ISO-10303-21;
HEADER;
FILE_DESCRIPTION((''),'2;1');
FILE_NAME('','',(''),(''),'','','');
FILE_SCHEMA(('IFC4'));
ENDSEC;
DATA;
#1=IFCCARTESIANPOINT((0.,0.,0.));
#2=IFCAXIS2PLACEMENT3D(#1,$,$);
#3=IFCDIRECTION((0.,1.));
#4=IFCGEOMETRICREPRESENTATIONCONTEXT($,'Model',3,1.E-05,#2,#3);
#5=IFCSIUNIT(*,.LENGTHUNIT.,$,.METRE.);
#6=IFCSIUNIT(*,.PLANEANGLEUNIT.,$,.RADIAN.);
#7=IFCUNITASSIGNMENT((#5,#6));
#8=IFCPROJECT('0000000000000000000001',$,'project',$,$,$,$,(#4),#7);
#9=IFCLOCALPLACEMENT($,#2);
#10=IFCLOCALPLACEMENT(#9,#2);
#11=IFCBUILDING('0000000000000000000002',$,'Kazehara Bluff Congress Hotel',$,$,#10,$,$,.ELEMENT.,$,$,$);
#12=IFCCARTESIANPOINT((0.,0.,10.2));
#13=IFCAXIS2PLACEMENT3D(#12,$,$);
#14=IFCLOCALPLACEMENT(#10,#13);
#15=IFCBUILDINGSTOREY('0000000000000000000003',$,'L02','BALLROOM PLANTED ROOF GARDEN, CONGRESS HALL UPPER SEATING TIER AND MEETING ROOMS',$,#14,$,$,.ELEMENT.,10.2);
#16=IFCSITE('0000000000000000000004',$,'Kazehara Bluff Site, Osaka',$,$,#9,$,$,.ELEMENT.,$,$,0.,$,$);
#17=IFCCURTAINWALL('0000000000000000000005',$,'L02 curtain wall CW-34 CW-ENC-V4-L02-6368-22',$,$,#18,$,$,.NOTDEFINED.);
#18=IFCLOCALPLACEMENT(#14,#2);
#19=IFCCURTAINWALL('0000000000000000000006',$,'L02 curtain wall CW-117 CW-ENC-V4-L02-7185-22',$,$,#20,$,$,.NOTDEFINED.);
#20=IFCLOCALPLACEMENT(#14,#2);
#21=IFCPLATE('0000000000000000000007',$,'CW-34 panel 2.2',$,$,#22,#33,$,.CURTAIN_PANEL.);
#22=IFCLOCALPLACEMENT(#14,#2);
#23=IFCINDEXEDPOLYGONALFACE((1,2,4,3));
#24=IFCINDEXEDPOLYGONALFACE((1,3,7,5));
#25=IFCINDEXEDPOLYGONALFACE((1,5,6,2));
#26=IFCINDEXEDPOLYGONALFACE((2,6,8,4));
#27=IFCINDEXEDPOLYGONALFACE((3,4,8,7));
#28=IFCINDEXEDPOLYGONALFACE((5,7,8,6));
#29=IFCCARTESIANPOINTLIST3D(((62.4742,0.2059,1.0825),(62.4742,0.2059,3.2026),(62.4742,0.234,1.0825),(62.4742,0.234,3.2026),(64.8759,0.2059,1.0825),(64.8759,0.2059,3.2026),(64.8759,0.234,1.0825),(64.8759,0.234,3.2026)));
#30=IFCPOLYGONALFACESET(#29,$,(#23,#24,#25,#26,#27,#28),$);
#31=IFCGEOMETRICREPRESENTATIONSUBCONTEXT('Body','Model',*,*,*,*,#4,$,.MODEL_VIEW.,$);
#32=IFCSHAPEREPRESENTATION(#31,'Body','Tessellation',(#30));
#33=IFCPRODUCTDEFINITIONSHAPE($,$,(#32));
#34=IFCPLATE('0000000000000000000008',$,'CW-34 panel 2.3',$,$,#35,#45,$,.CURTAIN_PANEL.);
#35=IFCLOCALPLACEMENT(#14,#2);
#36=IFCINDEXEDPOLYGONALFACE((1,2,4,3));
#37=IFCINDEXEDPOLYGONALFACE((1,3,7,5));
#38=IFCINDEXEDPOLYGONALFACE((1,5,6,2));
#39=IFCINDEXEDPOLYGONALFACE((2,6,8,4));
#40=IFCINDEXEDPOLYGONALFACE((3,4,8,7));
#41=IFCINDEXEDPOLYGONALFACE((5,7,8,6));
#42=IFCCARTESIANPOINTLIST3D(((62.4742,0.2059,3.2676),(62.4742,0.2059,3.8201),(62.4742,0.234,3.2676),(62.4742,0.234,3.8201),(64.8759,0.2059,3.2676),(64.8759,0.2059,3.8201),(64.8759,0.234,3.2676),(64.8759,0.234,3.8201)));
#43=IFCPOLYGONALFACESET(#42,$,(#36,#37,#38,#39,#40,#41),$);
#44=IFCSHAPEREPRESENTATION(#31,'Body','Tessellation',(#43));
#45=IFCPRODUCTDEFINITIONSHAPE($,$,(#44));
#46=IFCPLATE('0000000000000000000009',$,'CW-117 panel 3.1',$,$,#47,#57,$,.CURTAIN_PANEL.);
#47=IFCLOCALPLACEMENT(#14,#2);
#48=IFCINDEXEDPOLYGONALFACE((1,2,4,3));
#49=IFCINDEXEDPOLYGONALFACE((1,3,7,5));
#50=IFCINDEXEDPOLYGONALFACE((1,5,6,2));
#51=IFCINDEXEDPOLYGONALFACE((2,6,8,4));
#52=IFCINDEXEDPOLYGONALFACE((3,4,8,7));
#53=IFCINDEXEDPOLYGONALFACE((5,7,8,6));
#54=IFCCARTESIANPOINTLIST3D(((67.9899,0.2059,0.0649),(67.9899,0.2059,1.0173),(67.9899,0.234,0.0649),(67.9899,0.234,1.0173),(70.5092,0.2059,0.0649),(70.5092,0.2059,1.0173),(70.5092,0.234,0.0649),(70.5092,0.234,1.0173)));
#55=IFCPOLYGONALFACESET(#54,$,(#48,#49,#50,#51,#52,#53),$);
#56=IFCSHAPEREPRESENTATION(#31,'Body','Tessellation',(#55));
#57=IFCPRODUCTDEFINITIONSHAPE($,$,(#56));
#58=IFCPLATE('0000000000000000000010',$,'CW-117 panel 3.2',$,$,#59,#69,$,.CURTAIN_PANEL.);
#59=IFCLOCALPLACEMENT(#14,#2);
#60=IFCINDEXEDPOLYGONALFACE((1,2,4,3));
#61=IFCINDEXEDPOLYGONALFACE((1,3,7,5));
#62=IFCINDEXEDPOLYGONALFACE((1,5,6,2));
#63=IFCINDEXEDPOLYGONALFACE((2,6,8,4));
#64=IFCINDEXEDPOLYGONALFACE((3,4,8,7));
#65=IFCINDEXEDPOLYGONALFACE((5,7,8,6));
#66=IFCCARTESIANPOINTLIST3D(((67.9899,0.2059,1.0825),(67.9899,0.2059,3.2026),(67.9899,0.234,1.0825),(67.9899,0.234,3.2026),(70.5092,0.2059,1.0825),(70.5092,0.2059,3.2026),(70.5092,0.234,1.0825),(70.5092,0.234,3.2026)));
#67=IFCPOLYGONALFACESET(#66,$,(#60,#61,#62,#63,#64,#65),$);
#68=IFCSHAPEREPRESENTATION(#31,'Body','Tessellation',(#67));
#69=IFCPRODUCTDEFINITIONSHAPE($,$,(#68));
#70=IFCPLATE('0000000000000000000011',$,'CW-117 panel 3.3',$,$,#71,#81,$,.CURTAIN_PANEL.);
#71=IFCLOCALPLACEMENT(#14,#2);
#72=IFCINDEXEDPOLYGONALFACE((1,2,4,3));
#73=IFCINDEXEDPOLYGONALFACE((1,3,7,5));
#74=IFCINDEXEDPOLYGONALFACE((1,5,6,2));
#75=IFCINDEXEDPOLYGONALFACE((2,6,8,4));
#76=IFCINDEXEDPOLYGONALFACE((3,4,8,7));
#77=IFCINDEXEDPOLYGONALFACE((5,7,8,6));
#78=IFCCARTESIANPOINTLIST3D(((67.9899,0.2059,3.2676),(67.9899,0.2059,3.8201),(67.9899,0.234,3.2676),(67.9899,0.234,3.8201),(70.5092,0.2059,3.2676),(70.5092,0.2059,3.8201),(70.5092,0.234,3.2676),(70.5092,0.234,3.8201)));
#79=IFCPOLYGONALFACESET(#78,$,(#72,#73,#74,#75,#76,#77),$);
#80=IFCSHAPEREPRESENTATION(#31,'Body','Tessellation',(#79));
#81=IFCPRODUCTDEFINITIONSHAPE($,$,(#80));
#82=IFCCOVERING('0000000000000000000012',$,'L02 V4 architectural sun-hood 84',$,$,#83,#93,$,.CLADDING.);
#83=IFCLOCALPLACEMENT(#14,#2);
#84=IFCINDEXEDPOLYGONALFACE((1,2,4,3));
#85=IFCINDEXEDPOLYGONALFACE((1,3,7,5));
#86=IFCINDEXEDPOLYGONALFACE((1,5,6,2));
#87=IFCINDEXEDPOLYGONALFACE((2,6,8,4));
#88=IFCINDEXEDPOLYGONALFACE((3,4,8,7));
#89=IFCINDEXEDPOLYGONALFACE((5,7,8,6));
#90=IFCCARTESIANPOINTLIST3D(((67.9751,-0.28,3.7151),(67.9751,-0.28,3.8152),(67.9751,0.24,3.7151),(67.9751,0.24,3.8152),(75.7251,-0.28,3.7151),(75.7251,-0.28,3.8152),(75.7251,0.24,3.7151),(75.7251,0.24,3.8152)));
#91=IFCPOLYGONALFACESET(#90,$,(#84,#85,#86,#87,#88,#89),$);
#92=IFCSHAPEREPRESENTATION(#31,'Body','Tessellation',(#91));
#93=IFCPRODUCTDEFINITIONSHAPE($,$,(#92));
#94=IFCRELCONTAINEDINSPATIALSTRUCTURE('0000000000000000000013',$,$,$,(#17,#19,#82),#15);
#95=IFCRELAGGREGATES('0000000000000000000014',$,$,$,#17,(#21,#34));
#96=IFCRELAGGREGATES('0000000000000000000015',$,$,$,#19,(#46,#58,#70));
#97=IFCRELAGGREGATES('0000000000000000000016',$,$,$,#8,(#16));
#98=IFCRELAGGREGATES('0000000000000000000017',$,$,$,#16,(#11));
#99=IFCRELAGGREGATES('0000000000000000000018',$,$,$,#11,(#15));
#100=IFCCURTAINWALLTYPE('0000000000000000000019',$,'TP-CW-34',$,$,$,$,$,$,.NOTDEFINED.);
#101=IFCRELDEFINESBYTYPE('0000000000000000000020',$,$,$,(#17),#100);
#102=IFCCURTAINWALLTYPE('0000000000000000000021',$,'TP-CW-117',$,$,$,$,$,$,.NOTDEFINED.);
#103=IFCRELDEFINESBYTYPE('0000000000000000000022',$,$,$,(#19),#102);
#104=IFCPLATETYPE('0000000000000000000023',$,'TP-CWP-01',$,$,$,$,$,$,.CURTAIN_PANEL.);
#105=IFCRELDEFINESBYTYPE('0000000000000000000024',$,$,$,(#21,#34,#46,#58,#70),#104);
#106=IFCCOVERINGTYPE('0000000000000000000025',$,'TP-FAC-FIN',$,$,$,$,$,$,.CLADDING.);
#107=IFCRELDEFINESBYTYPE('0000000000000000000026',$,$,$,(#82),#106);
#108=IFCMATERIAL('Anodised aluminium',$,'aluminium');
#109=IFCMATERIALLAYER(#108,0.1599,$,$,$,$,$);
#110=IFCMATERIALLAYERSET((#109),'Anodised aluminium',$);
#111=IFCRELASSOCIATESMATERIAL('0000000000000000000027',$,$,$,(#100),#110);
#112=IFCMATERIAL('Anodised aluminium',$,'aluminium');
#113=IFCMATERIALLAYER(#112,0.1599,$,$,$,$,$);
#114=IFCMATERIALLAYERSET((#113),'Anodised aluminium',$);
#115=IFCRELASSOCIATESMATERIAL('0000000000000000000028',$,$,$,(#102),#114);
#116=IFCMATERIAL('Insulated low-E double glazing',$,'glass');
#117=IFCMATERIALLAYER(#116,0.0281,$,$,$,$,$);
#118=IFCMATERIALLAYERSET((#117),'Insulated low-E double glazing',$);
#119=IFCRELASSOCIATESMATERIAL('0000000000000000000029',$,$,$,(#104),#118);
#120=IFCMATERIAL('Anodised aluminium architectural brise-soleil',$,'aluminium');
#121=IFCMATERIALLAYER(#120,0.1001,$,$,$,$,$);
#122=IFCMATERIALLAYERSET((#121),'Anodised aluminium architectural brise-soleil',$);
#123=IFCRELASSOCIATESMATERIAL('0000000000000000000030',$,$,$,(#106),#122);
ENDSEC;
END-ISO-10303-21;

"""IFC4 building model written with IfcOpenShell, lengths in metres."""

from ifc_helpers import new_model, si_unit, direction, frame, origin, origin_2d, place, context, subcontext, project, spatial, rectangle, extrude, material, layer, layer_set, type_object, element, aggregate, save


model = new_model("IFC4")

# Units and contexts
model_context = context("Model", 3, precision=1e-05, world=origin(), true_north=direction((0.0, 1.0)))
body_context = subcontext(model_context, "Body", "Model", "MODEL_VIEW")
ifc_project = project(units=[si_unit("LENGTHUNIT", "METRE"), si_unit("PLANEANGLEUNIT", "RADIAN")], contexts=[model_context])

# Site, building, storey
site_placement = place(None, origin())
site = spatial("IfcSite", under=ifc_project, at=site_placement, Name="Kazehara Bluff Site, Osaka", CompositionType="ELEMENT", RefElevation=0.0)
building_placement = place(site_placement, origin())
building = spatial("IfcBuilding", under=site, at=building_placement, Name="Kazehara Bluff Congress Hotel", CompositionType="ELEMENT")
storey_placement = place(building_placement, frame((0.0, 0.0, 10.2)))
storey = spatial("IfcBuildingStorey", under=building, at=storey_placement, Name="L02", Description="BALLROOM PLANTED ROOF GARDEN, CONGRESS HALL UPPER SEATING TIER AND MEETING ROOMS", CompositionType="ELEMENT", Elevation=10.2)

# Curtain walls
ifc_material_1 = material(Name="Anodised aluminium", Category="aluminium")
ifc_layer_1 = layer(ifc_material_1, 0.1599)
ifc_layer_set_1 = layer_set([ifc_layer_1], Name="Anodised aluminium")
curtain_wall_type_1 = type_object("IfcCurtainWallType", Name="TP-CW-34", PredefinedType="NOTDEFINED", material=ifc_layer_set_1)
curtain_wall_1_placement = place(storey_placement, origin())
curtain_wall_1 = element("IfcCurtainWall", 1, at=curtain_wall_1_placement, inside=storey, type_object=curtain_wall_type_1, Name="L02 curtain wall CW-34 CW-ENC-V4-L02-6368-22", PredefinedType="NOTDEFINED")
ifc_material_2 = material(Name="Anodised aluminium", Category="aluminium")
ifc_layer_2 = layer(ifc_material_2, 0.1599)
ifc_layer_set_2 = layer_set([ifc_layer_2], Name="Anodised aluminium")
curtain_wall_type_2 = type_object("IfcCurtainWallType", Name="TP-CW-117", PredefinedType="NOTDEFINED", material=ifc_layer_set_2)
curtain_wall_2_placement = place(storey_placement, origin())
curtain_wall_2 = element("IfcCurtainWall", 2, at=curtain_wall_2_placement, inside=storey, type_object=curtain_wall_type_2, Name="L02 curtain wall CW-117 CW-ENC-V4-L02-7185-22", PredefinedType="NOTDEFINED")

# Plates
ifc_material_3 = material(Name="Insulated low-E double glazing", Category="glass")
ifc_layer_3 = layer(ifc_material_3, 0.0281)
ifc_layer_set_3 = layer_set([ifc_layer_3], Name="Insulated low-E double glazing")
plate_type = type_object("IfcPlateType", Name="TP-CWP-01", PredefinedType="CURTAIN_PANEL", material=ifc_layer_set_3)
plate_1_placement = place(storey_placement, frame((63.675, 0.22, 1.0825), z_axis=(0.0, 0.0, 1.0), x_axis=(-1.0, 0.0, 0.0)))
plate_1 = element("IfcPlate", 3, at=plate_1_placement, type_object=plate_type, Name="CW-34 panel 2.2", PredefinedType="CURTAIN_PANEL", context=body_context, shape_type="SweptSolid", body=[
    extrude(rectangle(XDim=2.4016, YDim=0.0281, at=origin_2d()), origin(), (0.0, 0.0, 1.0), 2.1201),
])
plate_2_placement = place(storey_placement, frame((63.675, 0.22, 3.2676), z_axis=(0.0, 0.0, 1.0), x_axis=(-1.0, 0.0, 0.0)))
plate_2 = element("IfcPlate", 4, at=plate_2_placement, type_object=plate_type, Name="CW-34 panel 2.3", PredefinedType="CURTAIN_PANEL", context=body_context, shape_type="SweptSolid", body=[
    extrude(rectangle(XDim=2.4016, YDim=0.0281, at=origin_2d()), origin(), (0.0, 0.0, 1.0), 0.5525),
])
aggregate(curtain_wall_1, [plate_1, plate_2])
plate_3_placement = place(storey_placement, frame((69.2495, 0.22, 0.0649), z_axis=(0.0, 0.0, 1.0), x_axis=(-1.0, 0.0, 0.0)))
plate_3 = element("IfcPlate", 5, at=plate_3_placement, type_object=plate_type, Name="CW-117 panel 3.1", PredefinedType="CURTAIN_PANEL", context=body_context, shape_type="SweptSolid", body=[
    extrude(rectangle(XDim=2.5193, YDim=0.0281, at=origin_2d()), origin(), (0.0, 0.0, 1.0), 0.9524),
])
plate_4_placement = place(storey_placement, frame((69.2495, 0.22, 1.0825), z_axis=(0.0, 0.0, 1.0), x_axis=(-1.0, 0.0, 0.0)))
plate_4 = element("IfcPlate", 6, at=plate_4_placement, type_object=plate_type, Name="CW-117 panel 3.2", PredefinedType="CURTAIN_PANEL", context=body_context, shape_type="SweptSolid", body=[
    extrude(rectangle(XDim=2.5193, YDim=0.0281, at=origin_2d()), origin(), (0.0, 0.0, 1.0), 2.1201),
])
plate_5_placement = place(storey_placement, frame((69.2495, 0.22, 3.2676), z_axis=(0.0, 0.0, 1.0), x_axis=(-1.0, 0.0, 0.0)))
plate_5 = element("IfcPlate", 7, at=plate_5_placement, type_object=plate_type, Name="CW-117 panel 3.3", PredefinedType="CURTAIN_PANEL", context=body_context, shape_type="SweptSolid", body=[
    extrude(rectangle(XDim=2.5193, YDim=0.0281, at=origin_2d()), origin(), (0.0, 0.0, 1.0), 0.5525),
])
aggregate(curtain_wall_2, [plate_3, plate_4, plate_5])

# Covering
ifc_material_4 = material(Name="Anodised aluminium architectural brise-soleil", Category="aluminium")
ifc_layer_4 = layer(ifc_material_4, 0.1001)
ifc_layer_set_4 = layer_set([ifc_layer_4], Name="Anodised aluminium architectural brise-soleil")
covering_type = type_object("IfcCoveringType", Name="TP-FAC-FIN", PredefinedType="CLADDING", material=ifc_layer_set_4)
covering_placement = place(storey_placement, frame((71.8501, -0.02, 3.7151), z_axis=(0.0, 0.0, 1.0), x_axis=(1.0, 0.0, 0.0)))
element("IfcCovering", 8, at=covering_placement, inside=storey, type_object=covering_type, Name="L02 V4 architectural sun-hood 84", PredefinedType="CLADDING", context=body_context, shape_type="SweptSolid", body=[
    extrude(rectangle(XDim=7.75, YDim=0.52, at=origin_2d()), origin(), (0.0, 0.0, 1.0), 0.1001),
])

save(model, "model.ifc")
